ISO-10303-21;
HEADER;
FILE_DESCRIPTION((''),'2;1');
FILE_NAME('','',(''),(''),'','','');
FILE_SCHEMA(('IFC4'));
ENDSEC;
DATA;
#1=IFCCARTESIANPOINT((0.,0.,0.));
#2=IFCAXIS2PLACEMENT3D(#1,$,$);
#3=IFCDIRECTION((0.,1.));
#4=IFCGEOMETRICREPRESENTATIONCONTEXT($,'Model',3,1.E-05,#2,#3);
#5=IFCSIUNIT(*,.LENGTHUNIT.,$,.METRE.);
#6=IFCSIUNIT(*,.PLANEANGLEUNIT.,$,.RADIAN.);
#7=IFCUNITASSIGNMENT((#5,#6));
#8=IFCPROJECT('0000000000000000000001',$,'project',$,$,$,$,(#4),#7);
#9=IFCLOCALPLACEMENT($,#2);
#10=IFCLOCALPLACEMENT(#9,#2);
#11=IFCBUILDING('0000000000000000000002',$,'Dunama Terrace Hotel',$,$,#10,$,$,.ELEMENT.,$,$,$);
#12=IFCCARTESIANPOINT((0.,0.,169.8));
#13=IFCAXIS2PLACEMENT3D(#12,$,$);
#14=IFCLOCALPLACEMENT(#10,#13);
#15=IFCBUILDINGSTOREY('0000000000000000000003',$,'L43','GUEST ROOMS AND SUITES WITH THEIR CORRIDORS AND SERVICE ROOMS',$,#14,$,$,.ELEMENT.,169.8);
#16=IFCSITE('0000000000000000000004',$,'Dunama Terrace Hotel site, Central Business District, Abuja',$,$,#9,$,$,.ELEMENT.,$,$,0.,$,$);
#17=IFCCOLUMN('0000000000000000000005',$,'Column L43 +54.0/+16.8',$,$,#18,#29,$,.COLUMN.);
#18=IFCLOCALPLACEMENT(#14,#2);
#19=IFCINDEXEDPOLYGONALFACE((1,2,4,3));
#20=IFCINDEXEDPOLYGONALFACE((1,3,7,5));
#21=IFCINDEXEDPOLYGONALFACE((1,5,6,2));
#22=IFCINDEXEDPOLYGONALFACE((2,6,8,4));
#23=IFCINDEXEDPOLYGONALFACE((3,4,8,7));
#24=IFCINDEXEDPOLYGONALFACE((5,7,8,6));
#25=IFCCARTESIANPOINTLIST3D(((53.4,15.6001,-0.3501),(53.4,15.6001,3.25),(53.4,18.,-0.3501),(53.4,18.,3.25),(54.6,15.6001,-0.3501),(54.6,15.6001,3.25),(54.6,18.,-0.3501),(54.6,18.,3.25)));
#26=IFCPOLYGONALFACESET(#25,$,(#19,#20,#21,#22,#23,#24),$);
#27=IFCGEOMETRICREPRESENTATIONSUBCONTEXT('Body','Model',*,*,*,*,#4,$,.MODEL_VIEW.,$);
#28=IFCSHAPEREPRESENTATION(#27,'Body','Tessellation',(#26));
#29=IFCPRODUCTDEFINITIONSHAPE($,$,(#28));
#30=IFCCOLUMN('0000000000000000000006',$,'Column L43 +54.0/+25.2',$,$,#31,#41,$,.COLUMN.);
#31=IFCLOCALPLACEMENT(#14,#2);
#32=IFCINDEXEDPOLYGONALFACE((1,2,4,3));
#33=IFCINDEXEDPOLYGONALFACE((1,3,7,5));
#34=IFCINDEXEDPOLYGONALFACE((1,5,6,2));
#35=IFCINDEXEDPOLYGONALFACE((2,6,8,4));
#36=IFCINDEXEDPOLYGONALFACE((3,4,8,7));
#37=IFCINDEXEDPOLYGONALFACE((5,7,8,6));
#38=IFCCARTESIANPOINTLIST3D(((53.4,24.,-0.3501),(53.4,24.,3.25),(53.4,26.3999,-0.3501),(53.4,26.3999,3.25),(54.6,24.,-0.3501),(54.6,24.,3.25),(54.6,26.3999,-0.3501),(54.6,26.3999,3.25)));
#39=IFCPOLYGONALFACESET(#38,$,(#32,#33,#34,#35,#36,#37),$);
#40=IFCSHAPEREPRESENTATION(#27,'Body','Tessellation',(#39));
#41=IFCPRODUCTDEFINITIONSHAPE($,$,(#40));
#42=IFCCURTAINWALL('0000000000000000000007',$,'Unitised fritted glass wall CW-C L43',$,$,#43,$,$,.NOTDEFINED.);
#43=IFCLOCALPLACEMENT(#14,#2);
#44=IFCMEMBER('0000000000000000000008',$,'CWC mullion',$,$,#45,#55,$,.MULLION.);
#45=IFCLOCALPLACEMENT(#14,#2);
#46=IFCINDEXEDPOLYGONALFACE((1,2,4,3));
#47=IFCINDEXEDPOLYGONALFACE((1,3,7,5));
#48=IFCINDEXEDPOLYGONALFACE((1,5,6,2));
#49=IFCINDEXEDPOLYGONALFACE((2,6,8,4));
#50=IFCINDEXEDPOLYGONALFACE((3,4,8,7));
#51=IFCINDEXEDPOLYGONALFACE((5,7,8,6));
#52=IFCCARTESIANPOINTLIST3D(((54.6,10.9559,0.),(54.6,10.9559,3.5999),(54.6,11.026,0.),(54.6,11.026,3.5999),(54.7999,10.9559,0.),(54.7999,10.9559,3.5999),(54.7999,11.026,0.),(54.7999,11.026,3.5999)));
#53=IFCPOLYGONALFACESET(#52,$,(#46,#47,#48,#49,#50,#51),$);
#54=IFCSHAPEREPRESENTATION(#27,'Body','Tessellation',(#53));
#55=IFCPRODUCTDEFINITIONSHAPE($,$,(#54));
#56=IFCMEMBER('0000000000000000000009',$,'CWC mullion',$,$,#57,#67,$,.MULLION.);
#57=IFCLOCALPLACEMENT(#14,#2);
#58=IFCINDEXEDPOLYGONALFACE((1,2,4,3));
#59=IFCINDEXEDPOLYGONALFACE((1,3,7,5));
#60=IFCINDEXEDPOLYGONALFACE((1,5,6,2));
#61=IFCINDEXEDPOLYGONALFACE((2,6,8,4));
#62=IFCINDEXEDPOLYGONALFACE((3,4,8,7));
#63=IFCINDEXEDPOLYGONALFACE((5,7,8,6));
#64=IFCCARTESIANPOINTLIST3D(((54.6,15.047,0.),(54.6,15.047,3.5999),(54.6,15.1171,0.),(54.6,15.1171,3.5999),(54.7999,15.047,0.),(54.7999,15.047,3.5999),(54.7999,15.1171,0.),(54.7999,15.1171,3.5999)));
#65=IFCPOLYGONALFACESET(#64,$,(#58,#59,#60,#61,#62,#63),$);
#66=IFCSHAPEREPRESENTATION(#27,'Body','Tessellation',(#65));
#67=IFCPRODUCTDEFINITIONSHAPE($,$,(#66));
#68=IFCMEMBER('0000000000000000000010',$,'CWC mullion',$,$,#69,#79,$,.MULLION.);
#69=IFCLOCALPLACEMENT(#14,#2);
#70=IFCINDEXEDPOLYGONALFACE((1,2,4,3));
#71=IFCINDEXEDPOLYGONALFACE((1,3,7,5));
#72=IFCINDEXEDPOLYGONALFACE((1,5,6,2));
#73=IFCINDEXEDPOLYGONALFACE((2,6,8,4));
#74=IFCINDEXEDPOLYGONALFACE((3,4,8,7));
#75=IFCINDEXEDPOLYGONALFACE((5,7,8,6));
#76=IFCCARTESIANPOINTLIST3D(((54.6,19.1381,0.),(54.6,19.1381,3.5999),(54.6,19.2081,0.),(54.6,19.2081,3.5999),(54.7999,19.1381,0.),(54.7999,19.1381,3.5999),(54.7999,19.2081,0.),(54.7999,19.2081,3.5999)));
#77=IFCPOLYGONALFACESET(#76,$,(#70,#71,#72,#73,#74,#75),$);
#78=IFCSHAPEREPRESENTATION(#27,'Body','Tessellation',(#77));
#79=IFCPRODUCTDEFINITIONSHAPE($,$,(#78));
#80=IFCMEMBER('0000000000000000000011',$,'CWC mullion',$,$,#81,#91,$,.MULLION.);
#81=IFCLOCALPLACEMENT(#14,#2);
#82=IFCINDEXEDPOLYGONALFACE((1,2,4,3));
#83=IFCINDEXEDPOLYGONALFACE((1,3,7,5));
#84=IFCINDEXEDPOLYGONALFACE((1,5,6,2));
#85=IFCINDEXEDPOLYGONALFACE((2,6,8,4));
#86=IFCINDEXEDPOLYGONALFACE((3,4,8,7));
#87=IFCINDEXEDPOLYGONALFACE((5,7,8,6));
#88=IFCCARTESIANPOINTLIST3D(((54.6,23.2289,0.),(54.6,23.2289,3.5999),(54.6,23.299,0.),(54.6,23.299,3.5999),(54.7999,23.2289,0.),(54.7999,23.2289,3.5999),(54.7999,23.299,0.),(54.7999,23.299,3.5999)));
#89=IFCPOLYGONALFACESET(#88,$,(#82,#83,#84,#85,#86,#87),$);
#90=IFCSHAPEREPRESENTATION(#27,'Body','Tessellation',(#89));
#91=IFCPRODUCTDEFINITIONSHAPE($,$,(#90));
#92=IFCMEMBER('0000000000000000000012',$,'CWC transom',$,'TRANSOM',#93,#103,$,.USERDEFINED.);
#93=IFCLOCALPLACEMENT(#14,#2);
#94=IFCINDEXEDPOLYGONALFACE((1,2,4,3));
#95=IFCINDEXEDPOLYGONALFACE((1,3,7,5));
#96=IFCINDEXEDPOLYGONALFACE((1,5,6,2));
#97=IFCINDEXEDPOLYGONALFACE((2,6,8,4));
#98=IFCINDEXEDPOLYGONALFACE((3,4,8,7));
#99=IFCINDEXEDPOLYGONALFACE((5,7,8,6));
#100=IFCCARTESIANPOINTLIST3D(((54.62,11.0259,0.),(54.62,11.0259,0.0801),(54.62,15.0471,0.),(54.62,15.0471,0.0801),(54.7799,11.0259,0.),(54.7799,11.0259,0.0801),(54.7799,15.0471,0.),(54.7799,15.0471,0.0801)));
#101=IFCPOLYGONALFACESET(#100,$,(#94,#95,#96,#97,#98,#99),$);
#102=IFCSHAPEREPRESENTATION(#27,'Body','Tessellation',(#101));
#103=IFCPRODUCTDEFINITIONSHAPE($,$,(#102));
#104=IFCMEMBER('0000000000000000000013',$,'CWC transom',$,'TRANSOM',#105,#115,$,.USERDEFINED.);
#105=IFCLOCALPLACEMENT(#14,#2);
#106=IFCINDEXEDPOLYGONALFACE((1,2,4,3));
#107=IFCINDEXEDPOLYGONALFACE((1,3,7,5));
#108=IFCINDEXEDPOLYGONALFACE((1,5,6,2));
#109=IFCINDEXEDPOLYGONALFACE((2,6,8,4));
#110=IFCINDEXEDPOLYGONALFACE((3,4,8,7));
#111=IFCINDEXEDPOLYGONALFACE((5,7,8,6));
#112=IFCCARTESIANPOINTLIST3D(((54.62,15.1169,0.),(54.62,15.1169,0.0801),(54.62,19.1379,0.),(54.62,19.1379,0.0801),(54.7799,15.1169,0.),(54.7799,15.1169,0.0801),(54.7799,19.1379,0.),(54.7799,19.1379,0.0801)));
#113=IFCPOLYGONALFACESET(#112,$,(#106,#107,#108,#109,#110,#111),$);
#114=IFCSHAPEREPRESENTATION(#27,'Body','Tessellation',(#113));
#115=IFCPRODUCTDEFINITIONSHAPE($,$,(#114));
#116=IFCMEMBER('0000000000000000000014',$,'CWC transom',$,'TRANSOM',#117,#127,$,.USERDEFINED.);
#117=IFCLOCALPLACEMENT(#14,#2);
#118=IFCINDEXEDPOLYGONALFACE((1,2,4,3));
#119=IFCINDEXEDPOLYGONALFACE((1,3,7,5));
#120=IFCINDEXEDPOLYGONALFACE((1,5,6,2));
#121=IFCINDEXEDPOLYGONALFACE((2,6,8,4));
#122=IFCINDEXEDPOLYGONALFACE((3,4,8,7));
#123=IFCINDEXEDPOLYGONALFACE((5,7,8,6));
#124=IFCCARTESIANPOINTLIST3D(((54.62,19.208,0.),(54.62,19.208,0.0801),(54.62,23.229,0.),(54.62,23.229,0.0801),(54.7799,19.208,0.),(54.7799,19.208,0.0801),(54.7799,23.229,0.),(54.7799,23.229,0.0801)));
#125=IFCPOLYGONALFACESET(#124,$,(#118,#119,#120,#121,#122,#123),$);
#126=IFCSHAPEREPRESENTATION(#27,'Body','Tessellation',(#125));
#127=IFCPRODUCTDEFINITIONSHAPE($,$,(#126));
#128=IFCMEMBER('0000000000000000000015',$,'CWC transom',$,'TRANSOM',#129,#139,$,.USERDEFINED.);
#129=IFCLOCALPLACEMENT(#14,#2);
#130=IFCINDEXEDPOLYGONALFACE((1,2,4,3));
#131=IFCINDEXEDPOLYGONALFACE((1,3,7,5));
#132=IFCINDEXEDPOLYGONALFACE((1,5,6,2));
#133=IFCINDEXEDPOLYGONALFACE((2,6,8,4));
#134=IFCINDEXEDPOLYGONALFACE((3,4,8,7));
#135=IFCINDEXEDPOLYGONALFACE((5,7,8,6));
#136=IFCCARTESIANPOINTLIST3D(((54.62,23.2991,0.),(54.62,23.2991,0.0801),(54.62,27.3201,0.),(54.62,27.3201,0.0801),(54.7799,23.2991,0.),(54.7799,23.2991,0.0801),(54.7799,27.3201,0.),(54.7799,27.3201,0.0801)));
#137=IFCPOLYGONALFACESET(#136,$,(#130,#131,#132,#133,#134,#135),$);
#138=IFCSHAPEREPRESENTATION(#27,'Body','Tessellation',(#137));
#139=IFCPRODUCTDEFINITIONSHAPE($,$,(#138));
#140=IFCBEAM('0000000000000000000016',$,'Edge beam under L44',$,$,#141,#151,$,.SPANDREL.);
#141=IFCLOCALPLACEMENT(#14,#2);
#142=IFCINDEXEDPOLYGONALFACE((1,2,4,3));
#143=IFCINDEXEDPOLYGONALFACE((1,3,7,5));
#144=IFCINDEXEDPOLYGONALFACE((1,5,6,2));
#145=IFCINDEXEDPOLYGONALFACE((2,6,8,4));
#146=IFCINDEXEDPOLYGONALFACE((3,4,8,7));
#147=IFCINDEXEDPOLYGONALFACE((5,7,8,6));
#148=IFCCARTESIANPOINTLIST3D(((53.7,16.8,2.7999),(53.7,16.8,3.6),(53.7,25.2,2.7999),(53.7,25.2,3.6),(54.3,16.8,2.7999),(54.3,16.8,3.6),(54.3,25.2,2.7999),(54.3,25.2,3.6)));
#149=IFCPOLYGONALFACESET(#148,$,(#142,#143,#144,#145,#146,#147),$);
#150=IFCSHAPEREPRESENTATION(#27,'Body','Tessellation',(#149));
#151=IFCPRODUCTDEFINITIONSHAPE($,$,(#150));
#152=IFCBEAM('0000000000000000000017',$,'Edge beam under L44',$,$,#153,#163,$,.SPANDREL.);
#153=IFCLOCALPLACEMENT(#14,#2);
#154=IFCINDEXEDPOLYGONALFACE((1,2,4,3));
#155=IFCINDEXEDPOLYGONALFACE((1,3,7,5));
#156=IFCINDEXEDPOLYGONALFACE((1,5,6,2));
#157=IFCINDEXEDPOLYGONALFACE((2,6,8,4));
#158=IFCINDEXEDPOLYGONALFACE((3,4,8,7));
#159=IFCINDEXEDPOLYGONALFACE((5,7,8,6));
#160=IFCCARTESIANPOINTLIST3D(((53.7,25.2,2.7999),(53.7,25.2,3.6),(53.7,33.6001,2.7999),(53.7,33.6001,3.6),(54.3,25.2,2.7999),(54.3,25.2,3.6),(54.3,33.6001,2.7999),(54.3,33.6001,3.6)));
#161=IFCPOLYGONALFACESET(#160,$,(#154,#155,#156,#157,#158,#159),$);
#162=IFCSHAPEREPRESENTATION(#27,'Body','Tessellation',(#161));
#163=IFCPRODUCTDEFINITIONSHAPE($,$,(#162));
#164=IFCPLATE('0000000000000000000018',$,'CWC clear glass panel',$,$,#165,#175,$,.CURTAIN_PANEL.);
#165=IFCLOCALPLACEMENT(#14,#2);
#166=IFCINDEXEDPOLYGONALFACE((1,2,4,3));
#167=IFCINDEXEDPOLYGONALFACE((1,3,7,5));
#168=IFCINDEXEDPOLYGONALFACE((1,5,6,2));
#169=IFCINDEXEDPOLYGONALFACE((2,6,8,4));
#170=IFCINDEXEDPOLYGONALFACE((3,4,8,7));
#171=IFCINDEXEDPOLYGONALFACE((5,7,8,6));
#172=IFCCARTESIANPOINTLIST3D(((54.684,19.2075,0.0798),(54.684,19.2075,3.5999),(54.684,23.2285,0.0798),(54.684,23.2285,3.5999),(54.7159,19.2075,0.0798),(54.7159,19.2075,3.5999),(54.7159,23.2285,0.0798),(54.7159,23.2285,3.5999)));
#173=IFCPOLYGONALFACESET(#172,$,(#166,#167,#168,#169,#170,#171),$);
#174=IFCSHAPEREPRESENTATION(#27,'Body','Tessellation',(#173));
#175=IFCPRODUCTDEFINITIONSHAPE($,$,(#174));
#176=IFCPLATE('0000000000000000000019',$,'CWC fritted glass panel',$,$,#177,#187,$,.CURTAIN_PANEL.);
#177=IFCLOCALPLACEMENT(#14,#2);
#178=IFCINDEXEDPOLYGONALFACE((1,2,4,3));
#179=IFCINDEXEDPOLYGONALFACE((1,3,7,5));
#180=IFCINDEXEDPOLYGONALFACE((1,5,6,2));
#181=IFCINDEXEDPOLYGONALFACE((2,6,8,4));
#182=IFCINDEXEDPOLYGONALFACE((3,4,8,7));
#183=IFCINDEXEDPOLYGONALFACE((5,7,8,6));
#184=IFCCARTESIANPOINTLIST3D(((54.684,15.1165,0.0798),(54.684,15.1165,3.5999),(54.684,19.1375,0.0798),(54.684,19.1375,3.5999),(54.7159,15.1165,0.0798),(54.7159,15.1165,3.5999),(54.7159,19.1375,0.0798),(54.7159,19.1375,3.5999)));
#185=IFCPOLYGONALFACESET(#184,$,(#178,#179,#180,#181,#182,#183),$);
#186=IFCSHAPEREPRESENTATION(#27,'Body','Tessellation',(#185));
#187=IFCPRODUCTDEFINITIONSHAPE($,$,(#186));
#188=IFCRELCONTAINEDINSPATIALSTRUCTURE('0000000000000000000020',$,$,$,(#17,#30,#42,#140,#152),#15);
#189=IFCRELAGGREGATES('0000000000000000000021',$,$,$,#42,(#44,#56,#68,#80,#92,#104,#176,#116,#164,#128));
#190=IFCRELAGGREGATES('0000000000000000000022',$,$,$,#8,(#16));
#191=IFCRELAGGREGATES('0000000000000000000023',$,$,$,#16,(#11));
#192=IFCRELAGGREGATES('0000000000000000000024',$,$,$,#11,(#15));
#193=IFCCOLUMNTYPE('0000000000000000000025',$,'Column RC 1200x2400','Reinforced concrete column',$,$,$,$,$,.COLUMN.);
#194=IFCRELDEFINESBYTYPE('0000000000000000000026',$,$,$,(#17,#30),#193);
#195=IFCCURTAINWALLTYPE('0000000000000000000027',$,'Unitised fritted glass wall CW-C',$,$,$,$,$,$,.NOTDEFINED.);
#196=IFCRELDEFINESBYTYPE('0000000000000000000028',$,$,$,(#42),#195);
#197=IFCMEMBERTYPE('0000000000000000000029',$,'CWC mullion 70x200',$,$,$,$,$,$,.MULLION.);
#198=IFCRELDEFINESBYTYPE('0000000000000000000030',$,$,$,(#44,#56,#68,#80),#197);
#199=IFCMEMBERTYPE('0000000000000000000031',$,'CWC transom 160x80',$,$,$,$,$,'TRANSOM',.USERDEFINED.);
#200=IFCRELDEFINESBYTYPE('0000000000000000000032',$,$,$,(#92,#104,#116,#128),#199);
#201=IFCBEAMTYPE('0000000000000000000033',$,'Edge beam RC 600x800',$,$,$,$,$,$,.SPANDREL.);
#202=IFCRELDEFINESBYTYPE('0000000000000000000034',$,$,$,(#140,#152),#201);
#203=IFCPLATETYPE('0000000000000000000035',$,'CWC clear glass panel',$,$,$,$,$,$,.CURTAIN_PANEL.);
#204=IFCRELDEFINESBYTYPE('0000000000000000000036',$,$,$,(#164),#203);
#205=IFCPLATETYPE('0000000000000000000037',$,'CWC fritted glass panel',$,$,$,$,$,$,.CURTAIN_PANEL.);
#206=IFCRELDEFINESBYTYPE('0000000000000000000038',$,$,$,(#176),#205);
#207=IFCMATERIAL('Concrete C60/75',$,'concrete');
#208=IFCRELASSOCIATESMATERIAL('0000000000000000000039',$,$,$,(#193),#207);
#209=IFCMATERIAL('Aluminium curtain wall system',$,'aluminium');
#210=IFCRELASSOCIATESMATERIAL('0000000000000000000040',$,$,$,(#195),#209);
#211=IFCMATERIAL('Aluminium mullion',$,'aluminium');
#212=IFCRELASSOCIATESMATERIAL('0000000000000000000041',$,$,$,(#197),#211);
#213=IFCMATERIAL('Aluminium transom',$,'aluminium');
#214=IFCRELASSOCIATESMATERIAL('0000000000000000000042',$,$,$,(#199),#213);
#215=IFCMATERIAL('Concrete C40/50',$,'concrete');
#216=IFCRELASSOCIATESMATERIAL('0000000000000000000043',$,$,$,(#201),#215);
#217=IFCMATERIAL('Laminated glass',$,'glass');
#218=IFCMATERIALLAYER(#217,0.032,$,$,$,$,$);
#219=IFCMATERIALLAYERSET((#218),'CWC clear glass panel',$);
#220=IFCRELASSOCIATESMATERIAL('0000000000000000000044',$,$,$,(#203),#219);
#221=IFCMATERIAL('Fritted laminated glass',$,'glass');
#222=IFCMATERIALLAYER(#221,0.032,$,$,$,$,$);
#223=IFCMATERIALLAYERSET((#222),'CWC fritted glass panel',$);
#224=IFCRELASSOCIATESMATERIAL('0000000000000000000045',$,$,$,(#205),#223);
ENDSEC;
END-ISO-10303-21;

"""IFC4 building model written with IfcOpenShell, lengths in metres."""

from ifc_helpers import new_model, si_unit, direction, frame, origin, origin_2d, place, context, subcontext, project, spatial, rectangle, extrude, material, layer, layer_set, material_profile, profile_set, type_object, element, aggregate, save


model = new_model("IFC4")

# Units and contexts
model_context = context("Model", 3, precision=1e-05, world=origin(), true_north=direction((0.0, 1.0)))
body_context = subcontext(model_context, "Body", "Model", "MODEL_VIEW")
ifc_project = project(units=[si_unit("LENGTHUNIT", "METRE"), si_unit("PLANEANGLEUNIT", "RADIAN")], contexts=[model_context])

# Site, building, storey
site_placement = place(None, origin())
site = spatial("IfcSite", under=ifc_project, at=site_placement, Name="Dunama Terrace Hotel site, Central Business District, Abuja", CompositionType="ELEMENT", RefElevation=0.0)
building_placement = place(site_placement, origin())
building = spatial("IfcBuilding", under=site, at=building_placement, Name="Dunama Terrace Hotel", CompositionType="ELEMENT")
storey_placement = place(building_placement, frame((0.0, 0.0, 169.8)))
storey = spatial("IfcBuildingStorey", under=building, at=storey_placement, Name="L43", Description="GUEST ROOMS AND SUITES WITH THEIR CORRIDORS AND SERVICE ROOMS", CompositionType="ELEMENT", Elevation=169.8)

# Columns
ifc_material_1 = material(Name="Concrete C60/75", Category="concrete")
ifc_material_profile_1 = material_profile(ifc_material_1, rectangle(XDim=1.2, YDim=2.3999, at=origin_2d()), Name="RC 1200x2400")
ifc_profile_set_1 = profile_set([ifc_material_profile_1], Name="Concrete C60/75")
column_type = type_object("IfcColumnType", Name="Column RC 1200x2400", Description="Reinforced concrete column", PredefinedType="COLUMN", material=ifc_profile_set_1)
for number, where, z_axis, x_axis, name in (
    (1, (54.0, 16.8, -0.3501), (0.0, 0.0, 1.0), (1.0, 0.0, 0.0), "Column L43 +54.0/+16.8"),
    (2, (54.0, 25.2, -0.3501), (0.0, 0.0, 1.0), (1.0, 0.0, 0.0), "Column L43 +54.0/+25.2"),
):
    element("IfcColumn", number, at=place(storey_placement, frame(where, z_axis=z_axis, x_axis=x_axis)), inside=storey, type_object=column_type, Name=name, PredefinedType="COLUMN", context=body_context, shape_type="SweptSolid", body=[
        extrude(rectangle(XDim=1.2, YDim=2.3999, at=origin_2d()), origin(), (0.0, 0.0, 1.0), 3.6001),
    ])

# Curtain wall, members
ifc_material_2 = material(Name="Aluminium curtain wall system", Category="aluminium")
curtain_wall_type = type_object("IfcCurtainWallType", Name="Unitised fritted glass wall CW-C", PredefinedType="NOTDEFINED", material=ifc_material_2)
curtain_wall_placement = place(storey_placement, origin())
curtain_wall = element("IfcCurtainWall", 3, at=curtain_wall_placement, inside=storey, type_object=curtain_wall_type, Name="Unitised fritted glass wall CW-C L43", PredefinedType="NOTDEFINED")
ifc_material_3 = material(Name="Aluminium mullion", Category="aluminium")
ifc_material_profile_2 = material_profile(ifc_material_3, rectangle(XDim=0.0701, YDim=0.2, at=origin_2d()), Name="CWC MULLION 70X200")
ifc_profile_set_2 = profile_set([ifc_material_profile_2], Name="Aluminium mullion")
member_type_1 = type_object("IfcMemberType", Name="CWC mullion 70x200", PredefinedType="MULLION", material=ifc_profile_set_2)
member_1_placement = place(storey_placement, frame((54.7, 10.991, 0.0), z_axis=(0.0, 0.0, 1.0), x_axis=(0.0, 1.0, 0.0)))
member_1 = element("IfcMember", 4, at=member_1_placement, type_object=member_type_1, Name="CWC mullion", PredefinedType="MULLION", context=body_context, shape_type="SweptSolid", body=[
    extrude(rectangle(XDim=0.0701, YDim=0.2, at=origin_2d()), origin(), (0.0, 0.0, 1.0), 3.5999),
])
member_2_placement = place(storey_placement, frame((54.7, 15.082, 0.0), z_axis=(0.0, 0.0, 1.0), x_axis=(0.0, 1.0, 0.0)))
member_2 = element("IfcMember", 5, at=member_2_placement, type_object=member_type_1, Name="CWC mullion", PredefinedType="MULLION", context=body_context, shape_type="SweptSolid", body=[
    extrude(rectangle(XDim=0.0701, YDim=0.2, at=origin_2d()), origin(), (0.0, 0.0, 1.0), 3.5999),
])
member_3_placement = place(storey_placement, frame((54.7, 19.1731, 0.0), z_axis=(0.0, 0.0, 1.0), x_axis=(0.0, 1.0, 0.0)))
member_3 = element("IfcMember", 6, at=member_3_placement, type_object=member_type_1, Name="CWC mullion", PredefinedType="MULLION", context=body_context, shape_type="SweptSolid", body=[
    extrude(rectangle(XDim=0.0701, YDim=0.2, at=origin_2d()), origin(), (0.0, 0.0, 1.0), 3.5999),
])
member_4_placement = place(storey_placement, frame((54.7, 23.2639, 0.0), z_axis=(0.0, 0.0, 1.0), x_axis=(0.0, 1.0, 0.0)))
member_4 = element("IfcMember", 7, at=member_4_placement, type_object=member_type_1, Name="CWC mullion", PredefinedType="MULLION", context=body_context, shape_type="SweptSolid", body=[
    extrude(rectangle(XDim=0.0701, YDim=0.2, at=origin_2d()), origin(), (0.0, 0.0, 1.0), 3.5999),
])
ifc_material_4 = material(Name="Aluminium transom", Category="aluminium")
ifc_material_profile_3 = material_profile(ifc_material_4, rectangle(XDim=0.1599, YDim=0.0801, at=origin_2d()), Name="CWC TRANSOM 160X80")
ifc_profile_set_3 = profile_set([ifc_material_profile_3], Name="Aluminium transom")
member_type_2 = type_object("IfcMemberType", Name="CWC transom 160x80", ElementType="TRANSOM", PredefinedType="USERDEFINED", material=ifc_profile_set_3)
member_5_placement = place(storey_placement, frame((54.7, 11.0259, 0.04), z_axis=(0.0, 1.0, 0.0), x_axis=(-1.0, 0.0, 0.0)))
member_5 = element("IfcMember", 8, at=member_5_placement, type_object=member_type_2, Name="CWC transom", ObjectType="TRANSOM", PredefinedType="USERDEFINED", context=body_context, shape_type="SweptSolid", body=[
    extrude(rectangle(XDim=0.1599, YDim=0.0801, at=origin_2d()), origin(), (0.0, 0.0, 1.0), 4.0212),
])
member_6_placement = place(storey_placement, frame((54.7, 15.1169, 0.04), z_axis=(0.0, 1.0, 0.0), x_axis=(-1.0, 0.0, 0.0)))
member_6 = element("IfcMember", 9, at=member_6_placement, type_object=member_type_2, Name="CWC transom", ObjectType="TRANSOM", PredefinedType="USERDEFINED", context=body_context, shape_type="SweptSolid", body=[
    extrude(rectangle(XDim=0.1599, YDim=0.0801, at=origin_2d()), origin(), (0.0, 0.0, 1.0), 4.021),
])
member_7_placement = place(storey_placement, frame((54.7, 19.208, 0.04), z_axis=(0.0, 1.0, 0.0), x_axis=(-1.0, 0.0, 0.0)))
member_7 = element("IfcMember", 10, at=member_7_placement, type_object=member_type_2, Name="CWC transom", ObjectType="TRANSOM", PredefinedType="USERDEFINED", context=body_context, shape_type="SweptSolid", body=[
    extrude(rectangle(XDim=0.1599, YDim=0.0801, at=origin_2d()), origin(), (0.0, 0.0, 1.0), 4.021),
])
member_8_placement = place(storey_placement, frame((54.7, 23.2991, 0.04), z_axis=(0.0, 1.0, 0.0), x_axis=(-1.0, 0.0, 0.0)))
member_8 = element("IfcMember", 11, at=member_8_placement, type_object=member_type_2, Name="CWC transom", ObjectType="TRANSOM", PredefinedType="USERDEFINED", context=body_context, shape_type="SweptSolid", body=[
    extrude(rectangle(XDim=0.1599, YDim=0.0801, at=origin_2d()), origin(), (0.0, 0.0, 1.0), 4.021),
])

# Beams
ifc_material_5 = material(Name="Concrete C40/50", Category="concrete")
ifc_material_profile_4 = material_profile(ifc_material_5, rectangle(XDim=0.6001, YDim=0.8, at=origin_2d()), Name="RC 600x800")
ifc_profile_set_4 = profile_set([ifc_material_profile_4], Name="Concrete C40/50")
beam_type = type_object("IfcBeamType", Name="Edge beam RC 600x800", PredefinedType="SPANDREL", material=ifc_profile_set_4)
beam_1_placement = place(storey_placement, frame((54.0, 16.8, 3.2), z_axis=(0.0, 1.0, 0.0), x_axis=(-1.0, 0.0, 0.0)))
element("IfcBeam", 12, at=beam_1_placement, inside=storey, type_object=beam_type, Name="Edge beam under L44", PredefinedType="SPANDREL", context=body_context, shape_type="SweptSolid", body=[
    extrude(rectangle(XDim=0.6001, YDim=0.8, at=origin_2d()), origin(), (0.0, 0.0, 1.0), 8.3999),
])
beam_2_placement = place(storey_placement, frame((54.0, 25.2, 3.2), z_axis=(0.0, 1.0, 0.0), x_axis=(-1.0, 0.0, 0.0)))
element("IfcBeam", 13, at=beam_2_placement, inside=storey, type_object=beam_type, Name="Edge beam under L44", PredefinedType="SPANDREL", context=body_context, shape_type="SweptSolid", body=[
    extrude(rectangle(XDim=0.6001, YDim=0.8, at=origin_2d()), origin(), (0.0, 0.0, 1.0), 8.4001),
])

# Plates
ifc_material_6 = material(Name="Laminated glass", Category="glass")
ifc_layer_1 = layer(ifc_material_6, 0.032)
ifc_layer_set_1 = layer_set([ifc_layer_1], Name="CWC clear glass panel")
plate_type_1 = type_object("IfcPlateType", Name="CWC clear glass panel", PredefinedType="CURTAIN_PANEL", material=ifc_layer_set_1)
plate_1_placement = place(storey_placement, frame((54.7, 21.218, 0.0798), z_axis=(0.0, 0.0, 1.0), x_axis=(0.0, 1.0, 0.0)))
plate_1 = element("IfcPlate", 14, at=plate_1_placement, type_object=plate_type_1, Name="CWC clear glass panel", PredefinedType="CURTAIN_PANEL", context=body_context, shape_type="SweptSolid", body=[
    extrude(rectangle(XDim=4.021, YDim=0.032, at=origin_2d()), origin(), (0.0, 0.0, 1.0), 3.52),
])
ifc_material_7 = material(Name="Fritted laminated glass", Category="glass")
ifc_layer_2 = layer(ifc_material_7, 0.032)
ifc_layer_set_2 = layer_set([ifc_layer_2], Name="CWC fritted glass panel")
plate_type_2 = type_object("IfcPlateType", Name="CWC fritted glass panel", PredefinedType="CURTAIN_PANEL", material=ifc_layer_set_2)
plate_2_placement = place(storey_placement, frame((54.7, 17.127, 0.0798), z_axis=(0.0, 0.0, 1.0), x_axis=(0.0, 1.0, 0.0)))
plate_2 = element("IfcPlate", 15, at=plate_2_placement, type_object=plate_type_2, Name="CWC fritted glass panel", PredefinedType="CURTAIN_PANEL", context=body_context, shape_type="SweptSolid", body=[
    extrude(rectangle(XDim=4.021, YDim=0.032, at=origin_2d()), origin(), (0.0, 0.0, 1.0), 3.52),
])
aggregate(curtain_wall, [member_1, member_2, member_3, member_4, member_5, member_6, plate_2, member_7, plate_1, member_8])

save(model, "model.ifc")
